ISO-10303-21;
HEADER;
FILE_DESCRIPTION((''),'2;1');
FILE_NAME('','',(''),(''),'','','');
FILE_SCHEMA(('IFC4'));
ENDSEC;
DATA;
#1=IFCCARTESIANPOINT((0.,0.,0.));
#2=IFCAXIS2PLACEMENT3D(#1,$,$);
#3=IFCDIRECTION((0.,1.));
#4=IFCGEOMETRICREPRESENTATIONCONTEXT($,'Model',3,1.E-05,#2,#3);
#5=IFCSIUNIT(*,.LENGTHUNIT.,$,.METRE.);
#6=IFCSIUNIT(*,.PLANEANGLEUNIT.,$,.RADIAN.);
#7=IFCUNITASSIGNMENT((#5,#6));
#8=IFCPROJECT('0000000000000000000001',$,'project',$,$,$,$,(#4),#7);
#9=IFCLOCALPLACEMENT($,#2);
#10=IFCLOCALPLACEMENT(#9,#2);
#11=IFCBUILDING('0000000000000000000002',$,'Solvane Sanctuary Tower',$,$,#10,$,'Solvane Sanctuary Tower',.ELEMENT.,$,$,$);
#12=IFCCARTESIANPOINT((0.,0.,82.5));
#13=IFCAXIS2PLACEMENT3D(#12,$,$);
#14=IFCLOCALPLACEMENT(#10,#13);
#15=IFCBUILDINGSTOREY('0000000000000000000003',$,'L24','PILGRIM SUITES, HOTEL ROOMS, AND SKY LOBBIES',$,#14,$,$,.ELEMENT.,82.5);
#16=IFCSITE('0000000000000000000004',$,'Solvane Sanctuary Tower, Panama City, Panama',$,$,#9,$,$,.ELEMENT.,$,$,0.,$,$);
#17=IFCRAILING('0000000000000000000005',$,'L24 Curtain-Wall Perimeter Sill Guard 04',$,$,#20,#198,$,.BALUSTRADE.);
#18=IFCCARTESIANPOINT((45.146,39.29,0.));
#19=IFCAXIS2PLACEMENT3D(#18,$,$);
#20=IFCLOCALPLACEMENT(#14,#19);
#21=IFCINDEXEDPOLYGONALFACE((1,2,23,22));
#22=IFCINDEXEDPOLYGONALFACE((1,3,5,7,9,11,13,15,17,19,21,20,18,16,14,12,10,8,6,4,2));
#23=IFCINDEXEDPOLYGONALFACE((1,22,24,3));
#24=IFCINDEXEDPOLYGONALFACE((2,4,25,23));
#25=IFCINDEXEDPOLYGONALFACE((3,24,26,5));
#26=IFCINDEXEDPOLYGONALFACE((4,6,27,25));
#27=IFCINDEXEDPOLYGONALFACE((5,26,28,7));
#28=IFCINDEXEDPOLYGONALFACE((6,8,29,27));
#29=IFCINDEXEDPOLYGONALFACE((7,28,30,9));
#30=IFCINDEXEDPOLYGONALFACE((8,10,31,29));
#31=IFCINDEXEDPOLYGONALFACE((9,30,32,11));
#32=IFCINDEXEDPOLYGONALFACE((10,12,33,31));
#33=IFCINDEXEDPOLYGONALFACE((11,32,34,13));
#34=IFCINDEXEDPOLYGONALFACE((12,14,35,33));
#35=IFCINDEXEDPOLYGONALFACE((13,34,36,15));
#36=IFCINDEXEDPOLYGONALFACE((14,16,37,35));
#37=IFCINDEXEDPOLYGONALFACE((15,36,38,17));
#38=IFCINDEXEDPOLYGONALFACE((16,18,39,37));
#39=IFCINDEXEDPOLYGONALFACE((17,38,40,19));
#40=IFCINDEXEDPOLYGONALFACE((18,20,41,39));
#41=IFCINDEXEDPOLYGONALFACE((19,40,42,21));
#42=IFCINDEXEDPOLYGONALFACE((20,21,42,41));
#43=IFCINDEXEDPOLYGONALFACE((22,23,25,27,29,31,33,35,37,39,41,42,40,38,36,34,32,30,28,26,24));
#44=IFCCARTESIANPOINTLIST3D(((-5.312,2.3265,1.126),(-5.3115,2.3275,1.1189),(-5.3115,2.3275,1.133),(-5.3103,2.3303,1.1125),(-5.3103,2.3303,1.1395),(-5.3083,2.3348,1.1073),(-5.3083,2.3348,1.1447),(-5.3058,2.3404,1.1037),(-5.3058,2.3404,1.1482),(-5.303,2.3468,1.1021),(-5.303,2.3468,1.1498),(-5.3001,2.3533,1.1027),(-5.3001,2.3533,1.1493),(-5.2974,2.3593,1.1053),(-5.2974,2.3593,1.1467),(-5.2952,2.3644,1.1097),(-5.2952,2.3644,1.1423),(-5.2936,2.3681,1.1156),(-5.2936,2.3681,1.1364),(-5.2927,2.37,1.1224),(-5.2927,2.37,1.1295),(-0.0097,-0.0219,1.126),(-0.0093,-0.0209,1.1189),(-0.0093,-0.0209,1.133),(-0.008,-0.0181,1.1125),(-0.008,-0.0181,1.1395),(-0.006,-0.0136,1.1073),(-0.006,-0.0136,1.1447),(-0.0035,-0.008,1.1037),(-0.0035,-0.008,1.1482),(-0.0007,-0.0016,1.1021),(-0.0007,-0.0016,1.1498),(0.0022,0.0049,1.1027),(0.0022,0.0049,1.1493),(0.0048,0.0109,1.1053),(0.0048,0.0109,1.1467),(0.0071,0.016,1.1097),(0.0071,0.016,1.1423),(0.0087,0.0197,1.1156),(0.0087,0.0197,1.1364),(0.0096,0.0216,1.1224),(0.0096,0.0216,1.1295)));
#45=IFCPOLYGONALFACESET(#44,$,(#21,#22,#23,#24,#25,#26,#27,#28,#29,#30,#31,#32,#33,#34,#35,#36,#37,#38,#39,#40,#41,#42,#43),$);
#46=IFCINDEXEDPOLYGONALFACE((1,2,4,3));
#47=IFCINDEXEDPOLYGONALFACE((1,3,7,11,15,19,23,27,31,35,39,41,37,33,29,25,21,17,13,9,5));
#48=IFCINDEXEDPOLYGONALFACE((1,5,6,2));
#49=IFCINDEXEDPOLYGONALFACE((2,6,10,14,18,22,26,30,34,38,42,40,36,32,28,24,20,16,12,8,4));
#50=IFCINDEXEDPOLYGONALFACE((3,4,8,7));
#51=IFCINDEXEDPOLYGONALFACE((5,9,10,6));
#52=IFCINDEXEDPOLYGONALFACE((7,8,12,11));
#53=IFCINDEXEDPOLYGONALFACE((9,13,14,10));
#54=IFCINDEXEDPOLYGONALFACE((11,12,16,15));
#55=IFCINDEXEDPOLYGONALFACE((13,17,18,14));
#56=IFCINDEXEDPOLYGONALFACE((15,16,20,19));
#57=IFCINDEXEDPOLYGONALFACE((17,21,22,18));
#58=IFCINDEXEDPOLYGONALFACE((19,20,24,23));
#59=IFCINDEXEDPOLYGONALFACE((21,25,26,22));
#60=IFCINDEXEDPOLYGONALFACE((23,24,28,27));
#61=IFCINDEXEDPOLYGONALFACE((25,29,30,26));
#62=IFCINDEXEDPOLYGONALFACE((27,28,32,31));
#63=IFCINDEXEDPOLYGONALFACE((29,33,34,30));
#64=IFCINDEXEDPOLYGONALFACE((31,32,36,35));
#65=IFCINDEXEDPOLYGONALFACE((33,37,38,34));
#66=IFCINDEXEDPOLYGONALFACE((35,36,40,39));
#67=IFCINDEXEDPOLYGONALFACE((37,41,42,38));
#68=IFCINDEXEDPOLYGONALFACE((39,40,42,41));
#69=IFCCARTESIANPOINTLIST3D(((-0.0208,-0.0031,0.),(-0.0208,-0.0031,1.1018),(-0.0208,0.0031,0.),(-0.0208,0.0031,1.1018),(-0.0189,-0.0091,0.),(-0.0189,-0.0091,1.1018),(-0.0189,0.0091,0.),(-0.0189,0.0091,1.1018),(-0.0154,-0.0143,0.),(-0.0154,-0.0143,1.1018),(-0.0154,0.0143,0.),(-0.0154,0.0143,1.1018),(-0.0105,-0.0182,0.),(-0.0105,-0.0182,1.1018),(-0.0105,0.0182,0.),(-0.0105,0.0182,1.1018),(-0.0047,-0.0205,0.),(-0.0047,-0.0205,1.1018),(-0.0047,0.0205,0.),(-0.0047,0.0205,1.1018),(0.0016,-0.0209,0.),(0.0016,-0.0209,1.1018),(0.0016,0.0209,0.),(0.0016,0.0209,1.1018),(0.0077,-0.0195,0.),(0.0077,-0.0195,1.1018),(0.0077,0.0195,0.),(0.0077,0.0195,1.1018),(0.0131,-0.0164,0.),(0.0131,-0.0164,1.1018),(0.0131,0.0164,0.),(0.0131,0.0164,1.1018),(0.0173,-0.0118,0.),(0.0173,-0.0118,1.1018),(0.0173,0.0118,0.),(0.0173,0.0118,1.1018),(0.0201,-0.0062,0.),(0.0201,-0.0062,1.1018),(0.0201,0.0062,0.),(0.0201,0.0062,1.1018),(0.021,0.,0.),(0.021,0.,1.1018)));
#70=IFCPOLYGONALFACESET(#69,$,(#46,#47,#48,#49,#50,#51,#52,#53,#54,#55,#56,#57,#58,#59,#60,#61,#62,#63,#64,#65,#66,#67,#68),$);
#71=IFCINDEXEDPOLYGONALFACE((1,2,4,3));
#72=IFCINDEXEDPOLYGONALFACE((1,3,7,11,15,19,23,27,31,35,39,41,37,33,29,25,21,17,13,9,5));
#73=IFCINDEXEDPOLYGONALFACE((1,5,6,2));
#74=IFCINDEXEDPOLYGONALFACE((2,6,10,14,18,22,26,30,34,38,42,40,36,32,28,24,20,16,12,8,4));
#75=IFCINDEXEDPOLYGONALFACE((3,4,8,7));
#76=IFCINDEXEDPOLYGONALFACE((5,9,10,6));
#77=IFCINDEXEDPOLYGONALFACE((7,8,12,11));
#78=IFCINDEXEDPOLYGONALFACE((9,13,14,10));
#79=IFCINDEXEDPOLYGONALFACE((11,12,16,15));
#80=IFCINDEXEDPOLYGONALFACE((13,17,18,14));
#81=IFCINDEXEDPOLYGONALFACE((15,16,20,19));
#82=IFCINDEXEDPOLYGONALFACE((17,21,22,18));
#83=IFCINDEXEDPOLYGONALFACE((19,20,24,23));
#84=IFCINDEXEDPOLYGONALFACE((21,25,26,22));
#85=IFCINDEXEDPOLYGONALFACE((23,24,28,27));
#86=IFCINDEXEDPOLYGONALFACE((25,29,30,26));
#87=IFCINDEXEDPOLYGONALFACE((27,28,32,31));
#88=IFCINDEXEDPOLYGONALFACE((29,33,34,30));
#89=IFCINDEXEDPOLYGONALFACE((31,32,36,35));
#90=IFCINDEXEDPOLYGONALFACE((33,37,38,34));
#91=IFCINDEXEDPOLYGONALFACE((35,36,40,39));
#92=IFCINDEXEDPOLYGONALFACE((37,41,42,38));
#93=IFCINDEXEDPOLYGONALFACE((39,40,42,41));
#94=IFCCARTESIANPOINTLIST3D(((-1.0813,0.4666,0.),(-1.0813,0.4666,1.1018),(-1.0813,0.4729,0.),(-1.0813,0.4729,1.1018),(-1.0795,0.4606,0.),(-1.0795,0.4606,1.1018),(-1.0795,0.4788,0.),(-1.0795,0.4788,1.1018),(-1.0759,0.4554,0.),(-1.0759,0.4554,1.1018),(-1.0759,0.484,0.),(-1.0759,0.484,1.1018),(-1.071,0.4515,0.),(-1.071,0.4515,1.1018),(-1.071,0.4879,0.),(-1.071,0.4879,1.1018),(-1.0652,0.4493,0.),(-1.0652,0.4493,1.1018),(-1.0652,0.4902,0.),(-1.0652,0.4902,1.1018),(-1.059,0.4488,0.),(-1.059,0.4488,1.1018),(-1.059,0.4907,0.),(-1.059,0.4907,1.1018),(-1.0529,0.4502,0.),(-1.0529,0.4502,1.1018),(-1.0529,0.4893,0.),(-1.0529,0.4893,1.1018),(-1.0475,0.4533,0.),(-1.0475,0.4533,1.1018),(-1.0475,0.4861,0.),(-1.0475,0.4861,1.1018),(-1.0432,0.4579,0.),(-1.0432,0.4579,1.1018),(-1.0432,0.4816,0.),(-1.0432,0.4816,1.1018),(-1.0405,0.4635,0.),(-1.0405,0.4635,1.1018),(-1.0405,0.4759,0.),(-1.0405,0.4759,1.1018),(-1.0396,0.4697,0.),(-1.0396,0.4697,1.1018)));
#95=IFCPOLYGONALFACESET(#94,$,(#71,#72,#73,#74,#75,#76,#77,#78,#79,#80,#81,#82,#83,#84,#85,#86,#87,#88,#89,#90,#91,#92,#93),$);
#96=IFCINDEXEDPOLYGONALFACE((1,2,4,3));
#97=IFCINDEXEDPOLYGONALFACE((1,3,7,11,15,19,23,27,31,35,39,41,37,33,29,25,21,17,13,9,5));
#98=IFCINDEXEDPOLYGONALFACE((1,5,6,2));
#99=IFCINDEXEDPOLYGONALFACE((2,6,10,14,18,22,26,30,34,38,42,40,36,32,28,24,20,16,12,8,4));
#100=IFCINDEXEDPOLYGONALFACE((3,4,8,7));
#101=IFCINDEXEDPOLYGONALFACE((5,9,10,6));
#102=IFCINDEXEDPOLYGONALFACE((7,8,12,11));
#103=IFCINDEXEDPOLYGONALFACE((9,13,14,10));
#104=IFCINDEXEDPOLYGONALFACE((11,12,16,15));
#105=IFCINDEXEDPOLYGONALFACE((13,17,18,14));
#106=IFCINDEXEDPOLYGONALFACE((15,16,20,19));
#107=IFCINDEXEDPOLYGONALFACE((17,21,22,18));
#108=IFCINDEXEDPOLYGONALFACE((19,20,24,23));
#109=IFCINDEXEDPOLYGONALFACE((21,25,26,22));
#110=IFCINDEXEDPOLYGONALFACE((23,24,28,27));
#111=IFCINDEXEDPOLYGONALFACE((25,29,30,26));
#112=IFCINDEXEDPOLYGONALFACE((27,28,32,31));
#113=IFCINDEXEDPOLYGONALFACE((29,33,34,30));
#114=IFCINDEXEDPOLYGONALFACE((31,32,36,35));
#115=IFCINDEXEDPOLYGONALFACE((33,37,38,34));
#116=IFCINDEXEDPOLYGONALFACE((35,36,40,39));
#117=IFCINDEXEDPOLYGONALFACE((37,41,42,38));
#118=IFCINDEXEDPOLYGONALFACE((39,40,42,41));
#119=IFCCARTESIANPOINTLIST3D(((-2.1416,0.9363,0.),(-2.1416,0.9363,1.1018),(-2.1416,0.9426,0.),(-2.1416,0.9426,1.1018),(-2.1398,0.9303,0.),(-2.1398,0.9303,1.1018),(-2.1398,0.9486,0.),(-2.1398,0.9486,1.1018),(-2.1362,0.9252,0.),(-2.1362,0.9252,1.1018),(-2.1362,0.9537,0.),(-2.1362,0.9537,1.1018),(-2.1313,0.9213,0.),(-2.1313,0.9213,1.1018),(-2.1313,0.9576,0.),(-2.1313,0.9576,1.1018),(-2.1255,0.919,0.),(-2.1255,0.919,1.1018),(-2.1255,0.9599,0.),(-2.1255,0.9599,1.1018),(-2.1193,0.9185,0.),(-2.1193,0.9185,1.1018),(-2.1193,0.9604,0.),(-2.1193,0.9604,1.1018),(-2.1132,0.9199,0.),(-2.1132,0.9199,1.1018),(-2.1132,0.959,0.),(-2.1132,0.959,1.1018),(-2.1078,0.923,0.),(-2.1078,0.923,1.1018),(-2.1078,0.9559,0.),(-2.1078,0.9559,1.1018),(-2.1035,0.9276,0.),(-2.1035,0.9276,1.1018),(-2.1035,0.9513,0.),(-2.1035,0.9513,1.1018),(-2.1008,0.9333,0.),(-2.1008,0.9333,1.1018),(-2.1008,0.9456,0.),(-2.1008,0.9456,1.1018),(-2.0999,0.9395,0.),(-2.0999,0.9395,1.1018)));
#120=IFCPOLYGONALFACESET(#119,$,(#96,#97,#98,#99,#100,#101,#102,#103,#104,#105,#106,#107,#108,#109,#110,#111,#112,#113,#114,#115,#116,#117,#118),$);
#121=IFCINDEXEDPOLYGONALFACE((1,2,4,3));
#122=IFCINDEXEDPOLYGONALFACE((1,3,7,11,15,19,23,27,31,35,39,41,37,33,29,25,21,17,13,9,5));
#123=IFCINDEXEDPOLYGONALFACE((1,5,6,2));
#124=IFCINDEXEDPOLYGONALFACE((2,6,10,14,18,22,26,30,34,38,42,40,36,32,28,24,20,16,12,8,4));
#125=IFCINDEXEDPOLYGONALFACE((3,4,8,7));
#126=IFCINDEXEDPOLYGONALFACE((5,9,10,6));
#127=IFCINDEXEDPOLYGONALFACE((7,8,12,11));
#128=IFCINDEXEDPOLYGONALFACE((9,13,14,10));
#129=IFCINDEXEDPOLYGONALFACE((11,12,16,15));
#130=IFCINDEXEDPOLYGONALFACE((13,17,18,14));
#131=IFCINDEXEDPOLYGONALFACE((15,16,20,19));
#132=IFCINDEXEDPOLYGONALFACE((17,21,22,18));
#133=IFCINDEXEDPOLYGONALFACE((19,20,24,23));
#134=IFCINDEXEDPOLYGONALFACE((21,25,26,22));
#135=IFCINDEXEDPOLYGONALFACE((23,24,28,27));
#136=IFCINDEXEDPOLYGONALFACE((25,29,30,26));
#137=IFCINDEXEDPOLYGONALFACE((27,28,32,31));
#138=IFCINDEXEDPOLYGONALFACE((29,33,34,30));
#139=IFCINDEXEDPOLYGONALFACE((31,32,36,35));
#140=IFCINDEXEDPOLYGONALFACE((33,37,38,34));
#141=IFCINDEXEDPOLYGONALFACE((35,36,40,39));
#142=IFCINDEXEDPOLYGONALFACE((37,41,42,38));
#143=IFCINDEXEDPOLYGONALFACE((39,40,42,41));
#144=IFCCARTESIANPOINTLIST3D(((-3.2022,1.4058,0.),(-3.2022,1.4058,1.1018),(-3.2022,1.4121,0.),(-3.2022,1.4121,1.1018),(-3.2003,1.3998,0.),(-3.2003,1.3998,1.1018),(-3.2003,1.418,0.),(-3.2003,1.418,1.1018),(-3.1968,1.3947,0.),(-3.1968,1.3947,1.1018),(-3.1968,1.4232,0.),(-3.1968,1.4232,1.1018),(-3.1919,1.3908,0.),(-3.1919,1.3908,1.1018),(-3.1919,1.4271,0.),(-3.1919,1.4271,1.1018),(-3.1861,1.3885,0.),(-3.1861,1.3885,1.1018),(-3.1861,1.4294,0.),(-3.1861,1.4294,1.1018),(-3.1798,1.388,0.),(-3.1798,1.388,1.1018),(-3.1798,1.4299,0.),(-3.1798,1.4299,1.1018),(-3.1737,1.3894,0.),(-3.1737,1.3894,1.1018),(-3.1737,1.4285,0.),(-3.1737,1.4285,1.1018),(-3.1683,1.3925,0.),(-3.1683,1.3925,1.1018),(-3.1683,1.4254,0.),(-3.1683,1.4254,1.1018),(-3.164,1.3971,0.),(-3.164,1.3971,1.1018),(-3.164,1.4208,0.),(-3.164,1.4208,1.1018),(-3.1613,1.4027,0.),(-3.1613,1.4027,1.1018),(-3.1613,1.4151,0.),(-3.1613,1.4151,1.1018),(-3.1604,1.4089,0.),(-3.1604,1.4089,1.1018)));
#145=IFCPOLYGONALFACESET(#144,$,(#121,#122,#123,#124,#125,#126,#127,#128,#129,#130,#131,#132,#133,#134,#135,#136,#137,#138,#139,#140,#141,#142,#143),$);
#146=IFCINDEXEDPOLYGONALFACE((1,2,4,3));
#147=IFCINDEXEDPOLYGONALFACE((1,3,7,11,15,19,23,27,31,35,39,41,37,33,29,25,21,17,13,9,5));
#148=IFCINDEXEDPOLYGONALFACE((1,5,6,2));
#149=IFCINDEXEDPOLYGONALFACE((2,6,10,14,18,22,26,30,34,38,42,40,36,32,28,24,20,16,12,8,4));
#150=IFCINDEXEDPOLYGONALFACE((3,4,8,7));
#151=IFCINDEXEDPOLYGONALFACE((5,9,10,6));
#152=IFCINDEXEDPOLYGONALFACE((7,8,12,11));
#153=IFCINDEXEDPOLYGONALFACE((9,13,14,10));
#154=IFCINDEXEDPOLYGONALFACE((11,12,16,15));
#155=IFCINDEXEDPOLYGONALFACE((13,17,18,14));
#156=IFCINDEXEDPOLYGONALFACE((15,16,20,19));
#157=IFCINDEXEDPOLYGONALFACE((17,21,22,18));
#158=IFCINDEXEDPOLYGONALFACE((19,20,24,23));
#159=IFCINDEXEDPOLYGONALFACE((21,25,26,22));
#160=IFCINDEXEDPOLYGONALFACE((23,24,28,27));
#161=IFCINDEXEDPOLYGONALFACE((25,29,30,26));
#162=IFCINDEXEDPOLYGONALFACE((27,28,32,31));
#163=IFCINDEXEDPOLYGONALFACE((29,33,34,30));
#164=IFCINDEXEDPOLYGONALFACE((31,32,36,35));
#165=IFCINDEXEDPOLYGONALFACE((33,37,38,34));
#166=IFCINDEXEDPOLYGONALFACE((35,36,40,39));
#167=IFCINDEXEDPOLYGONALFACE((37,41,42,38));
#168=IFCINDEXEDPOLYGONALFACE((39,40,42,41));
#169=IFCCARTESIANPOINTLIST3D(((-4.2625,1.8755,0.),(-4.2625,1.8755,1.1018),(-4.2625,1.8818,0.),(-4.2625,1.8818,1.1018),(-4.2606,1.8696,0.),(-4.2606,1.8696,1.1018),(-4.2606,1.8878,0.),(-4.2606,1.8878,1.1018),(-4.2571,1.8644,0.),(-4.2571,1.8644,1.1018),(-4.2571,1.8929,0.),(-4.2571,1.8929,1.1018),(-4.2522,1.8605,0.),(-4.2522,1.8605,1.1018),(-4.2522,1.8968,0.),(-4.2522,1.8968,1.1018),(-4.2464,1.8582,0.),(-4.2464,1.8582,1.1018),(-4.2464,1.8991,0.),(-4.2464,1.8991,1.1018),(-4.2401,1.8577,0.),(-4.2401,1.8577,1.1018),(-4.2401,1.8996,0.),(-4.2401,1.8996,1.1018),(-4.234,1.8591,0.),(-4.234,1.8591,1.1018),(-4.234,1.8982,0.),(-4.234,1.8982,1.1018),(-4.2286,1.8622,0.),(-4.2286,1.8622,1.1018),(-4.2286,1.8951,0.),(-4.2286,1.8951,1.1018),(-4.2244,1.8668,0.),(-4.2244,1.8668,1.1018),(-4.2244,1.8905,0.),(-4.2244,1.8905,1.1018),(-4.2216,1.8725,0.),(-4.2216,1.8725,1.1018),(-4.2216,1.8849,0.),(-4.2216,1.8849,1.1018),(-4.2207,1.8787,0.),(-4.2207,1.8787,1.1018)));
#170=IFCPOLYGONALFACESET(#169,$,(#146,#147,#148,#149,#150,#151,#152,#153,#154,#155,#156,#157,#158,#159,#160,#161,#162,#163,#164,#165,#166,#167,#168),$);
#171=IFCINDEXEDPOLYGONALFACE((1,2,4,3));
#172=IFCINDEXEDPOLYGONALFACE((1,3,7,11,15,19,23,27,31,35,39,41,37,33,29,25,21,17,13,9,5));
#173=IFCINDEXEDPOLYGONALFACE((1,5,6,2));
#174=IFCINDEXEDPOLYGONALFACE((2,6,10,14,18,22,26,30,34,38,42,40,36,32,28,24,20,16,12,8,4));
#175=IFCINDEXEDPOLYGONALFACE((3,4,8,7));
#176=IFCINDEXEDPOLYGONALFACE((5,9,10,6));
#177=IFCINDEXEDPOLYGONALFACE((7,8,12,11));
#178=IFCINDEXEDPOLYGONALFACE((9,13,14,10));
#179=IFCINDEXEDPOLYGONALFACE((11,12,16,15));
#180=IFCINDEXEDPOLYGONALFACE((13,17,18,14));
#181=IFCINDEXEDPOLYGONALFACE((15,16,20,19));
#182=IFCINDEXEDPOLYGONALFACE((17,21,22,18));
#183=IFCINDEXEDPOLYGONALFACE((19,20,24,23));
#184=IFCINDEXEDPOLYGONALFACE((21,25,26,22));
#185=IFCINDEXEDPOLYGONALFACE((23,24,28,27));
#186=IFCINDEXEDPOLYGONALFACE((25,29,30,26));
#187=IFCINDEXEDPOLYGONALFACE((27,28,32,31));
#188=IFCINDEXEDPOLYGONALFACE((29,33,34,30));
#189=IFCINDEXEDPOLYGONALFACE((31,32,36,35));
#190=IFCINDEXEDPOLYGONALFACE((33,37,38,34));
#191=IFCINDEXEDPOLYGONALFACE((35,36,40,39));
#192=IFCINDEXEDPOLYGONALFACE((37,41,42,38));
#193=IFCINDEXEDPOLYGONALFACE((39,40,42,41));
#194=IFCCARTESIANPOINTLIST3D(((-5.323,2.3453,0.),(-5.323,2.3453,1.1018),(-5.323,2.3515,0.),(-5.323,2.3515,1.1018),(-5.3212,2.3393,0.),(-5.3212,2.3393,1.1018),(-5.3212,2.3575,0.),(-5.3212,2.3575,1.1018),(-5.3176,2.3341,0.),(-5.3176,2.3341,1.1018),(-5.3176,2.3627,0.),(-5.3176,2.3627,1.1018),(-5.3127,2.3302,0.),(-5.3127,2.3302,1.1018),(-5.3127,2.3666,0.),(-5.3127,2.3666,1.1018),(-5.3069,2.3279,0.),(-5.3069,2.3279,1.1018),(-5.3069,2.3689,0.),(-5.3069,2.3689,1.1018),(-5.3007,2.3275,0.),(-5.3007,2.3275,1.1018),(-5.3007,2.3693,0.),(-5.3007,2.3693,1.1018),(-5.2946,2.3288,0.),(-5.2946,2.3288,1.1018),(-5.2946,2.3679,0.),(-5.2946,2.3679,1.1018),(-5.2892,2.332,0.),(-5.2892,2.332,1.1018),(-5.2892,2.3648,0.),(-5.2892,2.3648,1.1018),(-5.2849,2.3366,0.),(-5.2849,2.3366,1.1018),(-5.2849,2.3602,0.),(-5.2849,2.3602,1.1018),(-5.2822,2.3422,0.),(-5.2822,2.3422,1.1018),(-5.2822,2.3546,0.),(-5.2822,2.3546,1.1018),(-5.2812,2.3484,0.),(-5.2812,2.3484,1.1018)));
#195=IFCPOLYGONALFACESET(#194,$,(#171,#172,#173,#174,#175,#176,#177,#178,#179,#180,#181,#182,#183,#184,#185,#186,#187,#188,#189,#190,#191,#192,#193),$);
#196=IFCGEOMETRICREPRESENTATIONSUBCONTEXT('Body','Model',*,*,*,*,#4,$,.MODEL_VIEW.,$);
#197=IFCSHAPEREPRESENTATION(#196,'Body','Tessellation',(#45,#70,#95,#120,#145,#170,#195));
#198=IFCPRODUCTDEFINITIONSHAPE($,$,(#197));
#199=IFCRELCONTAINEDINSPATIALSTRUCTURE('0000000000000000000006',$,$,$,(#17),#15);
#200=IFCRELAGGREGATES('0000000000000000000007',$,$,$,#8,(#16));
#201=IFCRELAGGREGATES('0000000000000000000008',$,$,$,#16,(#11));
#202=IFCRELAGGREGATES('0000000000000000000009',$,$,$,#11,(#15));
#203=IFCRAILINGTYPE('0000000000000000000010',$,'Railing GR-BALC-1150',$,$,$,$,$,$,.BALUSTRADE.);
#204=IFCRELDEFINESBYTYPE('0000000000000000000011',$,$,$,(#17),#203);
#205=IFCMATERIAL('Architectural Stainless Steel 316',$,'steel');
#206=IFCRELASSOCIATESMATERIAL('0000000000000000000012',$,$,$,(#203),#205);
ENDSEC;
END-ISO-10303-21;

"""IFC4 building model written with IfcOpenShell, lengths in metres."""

from ifc_helpers import new_model, si_unit, direction, frame, origin, origin_2d, place, context, subcontext, project, spatial, circle, extrude, material, type_object, element, save


model = new_model("IFC4")

# Units and contexts
model_context = context("Model", 3, precision=1e-05, world=origin(), true_north=direction((0.0, 1.0)))
body_context = subcontext(model_context, "Body", "Model", "MODEL_VIEW")
ifc_project = project(units=[si_unit("LENGTHUNIT", "METRE"), si_unit("PLANEANGLEUNIT", "RADIAN")], contexts=[model_context])

# Site, building, storey
site_placement = place(None, origin())
site = spatial("IfcSite", under=ifc_project, at=site_placement, Name="Solvane Sanctuary Tower, Panama City, Panama", CompositionType="ELEMENT", RefElevation=0.0)
building_placement = place(site_placement, origin())
building = spatial("IfcBuilding", under=site, at=building_placement, Name="Solvane Sanctuary Tower", LongName="Solvane Sanctuary Tower", CompositionType="ELEMENT")
storey_placement = place(building_placement, frame((0.0, 0.0, 82.5)))
storey = spatial("IfcBuildingStorey", under=building, at=storey_placement, Name="L24", Description="PILGRIM SUITES, HOTEL ROOMS, AND SKY LOBBIES", CompositionType="ELEMENT", Elevation=82.5)

# Shared definitions
ifc_material_1 = material(Name="Architectural Stainless Steel 316", Category="steel")

# Railing
railing_type = type_object("IfcRailingType", Name="Railing GR-BALC-1150", PredefinedType="BALUSTRADE", material=ifc_material_1)
railing_placement = place(storey_placement, frame((45.146, 39.29, 0.0)))
element("IfcRailing", 1, at=railing_placement, inside=storey, type_object=railing_type, Name="L24 Curtain-Wall Perimeter Sill Guard 04", PredefinedType="BALUSTRADE", context=body_context, shape_type="SweptSolid", body=[
    extrude(circle(Radius=0.0239, at=origin_2d()), frame((0.0, 0.0, 1.126), z_axis=(-0.914333, 0.404962, 0.0), x_axis=(-0.404962, -0.914333, 0.0)), (0.0, 0.0, 1.0), 5.7991),
    extrude(circle(Radius=0.021, at=origin_2d()), origin(), (0.0, 0.0, 1.0), 1.1018),
    extrude(circle(Radius=0.021, at=origin_2d()), frame((-1.0605, 0.4697, 0.0)), (0.0, 0.0, 1.0), 1.1018),
    extrude(circle(Radius=0.021, at=origin_2d()), frame((-2.1208, 0.9395, 0.0)), (0.0, 0.0, 1.0), 1.1018),
    extrude(circle(Radius=0.021, at=origin_2d()), frame((-3.1814, 1.4089, 0.0)), (0.0, 0.0, 1.0), 1.1018),
    extrude(circle(Radius=0.021, at=origin_2d()), frame((-4.2417, 1.8787, 0.0)), (0.0, 0.0, 1.0), 1.1018),
    extrude(circle(Radius=0.021, at=origin_2d()), frame((-5.3022, 2.3484, 0.0)), (0.0, 0.0, 1.0), 1.1018),
])

save(model, "model.ifc")
